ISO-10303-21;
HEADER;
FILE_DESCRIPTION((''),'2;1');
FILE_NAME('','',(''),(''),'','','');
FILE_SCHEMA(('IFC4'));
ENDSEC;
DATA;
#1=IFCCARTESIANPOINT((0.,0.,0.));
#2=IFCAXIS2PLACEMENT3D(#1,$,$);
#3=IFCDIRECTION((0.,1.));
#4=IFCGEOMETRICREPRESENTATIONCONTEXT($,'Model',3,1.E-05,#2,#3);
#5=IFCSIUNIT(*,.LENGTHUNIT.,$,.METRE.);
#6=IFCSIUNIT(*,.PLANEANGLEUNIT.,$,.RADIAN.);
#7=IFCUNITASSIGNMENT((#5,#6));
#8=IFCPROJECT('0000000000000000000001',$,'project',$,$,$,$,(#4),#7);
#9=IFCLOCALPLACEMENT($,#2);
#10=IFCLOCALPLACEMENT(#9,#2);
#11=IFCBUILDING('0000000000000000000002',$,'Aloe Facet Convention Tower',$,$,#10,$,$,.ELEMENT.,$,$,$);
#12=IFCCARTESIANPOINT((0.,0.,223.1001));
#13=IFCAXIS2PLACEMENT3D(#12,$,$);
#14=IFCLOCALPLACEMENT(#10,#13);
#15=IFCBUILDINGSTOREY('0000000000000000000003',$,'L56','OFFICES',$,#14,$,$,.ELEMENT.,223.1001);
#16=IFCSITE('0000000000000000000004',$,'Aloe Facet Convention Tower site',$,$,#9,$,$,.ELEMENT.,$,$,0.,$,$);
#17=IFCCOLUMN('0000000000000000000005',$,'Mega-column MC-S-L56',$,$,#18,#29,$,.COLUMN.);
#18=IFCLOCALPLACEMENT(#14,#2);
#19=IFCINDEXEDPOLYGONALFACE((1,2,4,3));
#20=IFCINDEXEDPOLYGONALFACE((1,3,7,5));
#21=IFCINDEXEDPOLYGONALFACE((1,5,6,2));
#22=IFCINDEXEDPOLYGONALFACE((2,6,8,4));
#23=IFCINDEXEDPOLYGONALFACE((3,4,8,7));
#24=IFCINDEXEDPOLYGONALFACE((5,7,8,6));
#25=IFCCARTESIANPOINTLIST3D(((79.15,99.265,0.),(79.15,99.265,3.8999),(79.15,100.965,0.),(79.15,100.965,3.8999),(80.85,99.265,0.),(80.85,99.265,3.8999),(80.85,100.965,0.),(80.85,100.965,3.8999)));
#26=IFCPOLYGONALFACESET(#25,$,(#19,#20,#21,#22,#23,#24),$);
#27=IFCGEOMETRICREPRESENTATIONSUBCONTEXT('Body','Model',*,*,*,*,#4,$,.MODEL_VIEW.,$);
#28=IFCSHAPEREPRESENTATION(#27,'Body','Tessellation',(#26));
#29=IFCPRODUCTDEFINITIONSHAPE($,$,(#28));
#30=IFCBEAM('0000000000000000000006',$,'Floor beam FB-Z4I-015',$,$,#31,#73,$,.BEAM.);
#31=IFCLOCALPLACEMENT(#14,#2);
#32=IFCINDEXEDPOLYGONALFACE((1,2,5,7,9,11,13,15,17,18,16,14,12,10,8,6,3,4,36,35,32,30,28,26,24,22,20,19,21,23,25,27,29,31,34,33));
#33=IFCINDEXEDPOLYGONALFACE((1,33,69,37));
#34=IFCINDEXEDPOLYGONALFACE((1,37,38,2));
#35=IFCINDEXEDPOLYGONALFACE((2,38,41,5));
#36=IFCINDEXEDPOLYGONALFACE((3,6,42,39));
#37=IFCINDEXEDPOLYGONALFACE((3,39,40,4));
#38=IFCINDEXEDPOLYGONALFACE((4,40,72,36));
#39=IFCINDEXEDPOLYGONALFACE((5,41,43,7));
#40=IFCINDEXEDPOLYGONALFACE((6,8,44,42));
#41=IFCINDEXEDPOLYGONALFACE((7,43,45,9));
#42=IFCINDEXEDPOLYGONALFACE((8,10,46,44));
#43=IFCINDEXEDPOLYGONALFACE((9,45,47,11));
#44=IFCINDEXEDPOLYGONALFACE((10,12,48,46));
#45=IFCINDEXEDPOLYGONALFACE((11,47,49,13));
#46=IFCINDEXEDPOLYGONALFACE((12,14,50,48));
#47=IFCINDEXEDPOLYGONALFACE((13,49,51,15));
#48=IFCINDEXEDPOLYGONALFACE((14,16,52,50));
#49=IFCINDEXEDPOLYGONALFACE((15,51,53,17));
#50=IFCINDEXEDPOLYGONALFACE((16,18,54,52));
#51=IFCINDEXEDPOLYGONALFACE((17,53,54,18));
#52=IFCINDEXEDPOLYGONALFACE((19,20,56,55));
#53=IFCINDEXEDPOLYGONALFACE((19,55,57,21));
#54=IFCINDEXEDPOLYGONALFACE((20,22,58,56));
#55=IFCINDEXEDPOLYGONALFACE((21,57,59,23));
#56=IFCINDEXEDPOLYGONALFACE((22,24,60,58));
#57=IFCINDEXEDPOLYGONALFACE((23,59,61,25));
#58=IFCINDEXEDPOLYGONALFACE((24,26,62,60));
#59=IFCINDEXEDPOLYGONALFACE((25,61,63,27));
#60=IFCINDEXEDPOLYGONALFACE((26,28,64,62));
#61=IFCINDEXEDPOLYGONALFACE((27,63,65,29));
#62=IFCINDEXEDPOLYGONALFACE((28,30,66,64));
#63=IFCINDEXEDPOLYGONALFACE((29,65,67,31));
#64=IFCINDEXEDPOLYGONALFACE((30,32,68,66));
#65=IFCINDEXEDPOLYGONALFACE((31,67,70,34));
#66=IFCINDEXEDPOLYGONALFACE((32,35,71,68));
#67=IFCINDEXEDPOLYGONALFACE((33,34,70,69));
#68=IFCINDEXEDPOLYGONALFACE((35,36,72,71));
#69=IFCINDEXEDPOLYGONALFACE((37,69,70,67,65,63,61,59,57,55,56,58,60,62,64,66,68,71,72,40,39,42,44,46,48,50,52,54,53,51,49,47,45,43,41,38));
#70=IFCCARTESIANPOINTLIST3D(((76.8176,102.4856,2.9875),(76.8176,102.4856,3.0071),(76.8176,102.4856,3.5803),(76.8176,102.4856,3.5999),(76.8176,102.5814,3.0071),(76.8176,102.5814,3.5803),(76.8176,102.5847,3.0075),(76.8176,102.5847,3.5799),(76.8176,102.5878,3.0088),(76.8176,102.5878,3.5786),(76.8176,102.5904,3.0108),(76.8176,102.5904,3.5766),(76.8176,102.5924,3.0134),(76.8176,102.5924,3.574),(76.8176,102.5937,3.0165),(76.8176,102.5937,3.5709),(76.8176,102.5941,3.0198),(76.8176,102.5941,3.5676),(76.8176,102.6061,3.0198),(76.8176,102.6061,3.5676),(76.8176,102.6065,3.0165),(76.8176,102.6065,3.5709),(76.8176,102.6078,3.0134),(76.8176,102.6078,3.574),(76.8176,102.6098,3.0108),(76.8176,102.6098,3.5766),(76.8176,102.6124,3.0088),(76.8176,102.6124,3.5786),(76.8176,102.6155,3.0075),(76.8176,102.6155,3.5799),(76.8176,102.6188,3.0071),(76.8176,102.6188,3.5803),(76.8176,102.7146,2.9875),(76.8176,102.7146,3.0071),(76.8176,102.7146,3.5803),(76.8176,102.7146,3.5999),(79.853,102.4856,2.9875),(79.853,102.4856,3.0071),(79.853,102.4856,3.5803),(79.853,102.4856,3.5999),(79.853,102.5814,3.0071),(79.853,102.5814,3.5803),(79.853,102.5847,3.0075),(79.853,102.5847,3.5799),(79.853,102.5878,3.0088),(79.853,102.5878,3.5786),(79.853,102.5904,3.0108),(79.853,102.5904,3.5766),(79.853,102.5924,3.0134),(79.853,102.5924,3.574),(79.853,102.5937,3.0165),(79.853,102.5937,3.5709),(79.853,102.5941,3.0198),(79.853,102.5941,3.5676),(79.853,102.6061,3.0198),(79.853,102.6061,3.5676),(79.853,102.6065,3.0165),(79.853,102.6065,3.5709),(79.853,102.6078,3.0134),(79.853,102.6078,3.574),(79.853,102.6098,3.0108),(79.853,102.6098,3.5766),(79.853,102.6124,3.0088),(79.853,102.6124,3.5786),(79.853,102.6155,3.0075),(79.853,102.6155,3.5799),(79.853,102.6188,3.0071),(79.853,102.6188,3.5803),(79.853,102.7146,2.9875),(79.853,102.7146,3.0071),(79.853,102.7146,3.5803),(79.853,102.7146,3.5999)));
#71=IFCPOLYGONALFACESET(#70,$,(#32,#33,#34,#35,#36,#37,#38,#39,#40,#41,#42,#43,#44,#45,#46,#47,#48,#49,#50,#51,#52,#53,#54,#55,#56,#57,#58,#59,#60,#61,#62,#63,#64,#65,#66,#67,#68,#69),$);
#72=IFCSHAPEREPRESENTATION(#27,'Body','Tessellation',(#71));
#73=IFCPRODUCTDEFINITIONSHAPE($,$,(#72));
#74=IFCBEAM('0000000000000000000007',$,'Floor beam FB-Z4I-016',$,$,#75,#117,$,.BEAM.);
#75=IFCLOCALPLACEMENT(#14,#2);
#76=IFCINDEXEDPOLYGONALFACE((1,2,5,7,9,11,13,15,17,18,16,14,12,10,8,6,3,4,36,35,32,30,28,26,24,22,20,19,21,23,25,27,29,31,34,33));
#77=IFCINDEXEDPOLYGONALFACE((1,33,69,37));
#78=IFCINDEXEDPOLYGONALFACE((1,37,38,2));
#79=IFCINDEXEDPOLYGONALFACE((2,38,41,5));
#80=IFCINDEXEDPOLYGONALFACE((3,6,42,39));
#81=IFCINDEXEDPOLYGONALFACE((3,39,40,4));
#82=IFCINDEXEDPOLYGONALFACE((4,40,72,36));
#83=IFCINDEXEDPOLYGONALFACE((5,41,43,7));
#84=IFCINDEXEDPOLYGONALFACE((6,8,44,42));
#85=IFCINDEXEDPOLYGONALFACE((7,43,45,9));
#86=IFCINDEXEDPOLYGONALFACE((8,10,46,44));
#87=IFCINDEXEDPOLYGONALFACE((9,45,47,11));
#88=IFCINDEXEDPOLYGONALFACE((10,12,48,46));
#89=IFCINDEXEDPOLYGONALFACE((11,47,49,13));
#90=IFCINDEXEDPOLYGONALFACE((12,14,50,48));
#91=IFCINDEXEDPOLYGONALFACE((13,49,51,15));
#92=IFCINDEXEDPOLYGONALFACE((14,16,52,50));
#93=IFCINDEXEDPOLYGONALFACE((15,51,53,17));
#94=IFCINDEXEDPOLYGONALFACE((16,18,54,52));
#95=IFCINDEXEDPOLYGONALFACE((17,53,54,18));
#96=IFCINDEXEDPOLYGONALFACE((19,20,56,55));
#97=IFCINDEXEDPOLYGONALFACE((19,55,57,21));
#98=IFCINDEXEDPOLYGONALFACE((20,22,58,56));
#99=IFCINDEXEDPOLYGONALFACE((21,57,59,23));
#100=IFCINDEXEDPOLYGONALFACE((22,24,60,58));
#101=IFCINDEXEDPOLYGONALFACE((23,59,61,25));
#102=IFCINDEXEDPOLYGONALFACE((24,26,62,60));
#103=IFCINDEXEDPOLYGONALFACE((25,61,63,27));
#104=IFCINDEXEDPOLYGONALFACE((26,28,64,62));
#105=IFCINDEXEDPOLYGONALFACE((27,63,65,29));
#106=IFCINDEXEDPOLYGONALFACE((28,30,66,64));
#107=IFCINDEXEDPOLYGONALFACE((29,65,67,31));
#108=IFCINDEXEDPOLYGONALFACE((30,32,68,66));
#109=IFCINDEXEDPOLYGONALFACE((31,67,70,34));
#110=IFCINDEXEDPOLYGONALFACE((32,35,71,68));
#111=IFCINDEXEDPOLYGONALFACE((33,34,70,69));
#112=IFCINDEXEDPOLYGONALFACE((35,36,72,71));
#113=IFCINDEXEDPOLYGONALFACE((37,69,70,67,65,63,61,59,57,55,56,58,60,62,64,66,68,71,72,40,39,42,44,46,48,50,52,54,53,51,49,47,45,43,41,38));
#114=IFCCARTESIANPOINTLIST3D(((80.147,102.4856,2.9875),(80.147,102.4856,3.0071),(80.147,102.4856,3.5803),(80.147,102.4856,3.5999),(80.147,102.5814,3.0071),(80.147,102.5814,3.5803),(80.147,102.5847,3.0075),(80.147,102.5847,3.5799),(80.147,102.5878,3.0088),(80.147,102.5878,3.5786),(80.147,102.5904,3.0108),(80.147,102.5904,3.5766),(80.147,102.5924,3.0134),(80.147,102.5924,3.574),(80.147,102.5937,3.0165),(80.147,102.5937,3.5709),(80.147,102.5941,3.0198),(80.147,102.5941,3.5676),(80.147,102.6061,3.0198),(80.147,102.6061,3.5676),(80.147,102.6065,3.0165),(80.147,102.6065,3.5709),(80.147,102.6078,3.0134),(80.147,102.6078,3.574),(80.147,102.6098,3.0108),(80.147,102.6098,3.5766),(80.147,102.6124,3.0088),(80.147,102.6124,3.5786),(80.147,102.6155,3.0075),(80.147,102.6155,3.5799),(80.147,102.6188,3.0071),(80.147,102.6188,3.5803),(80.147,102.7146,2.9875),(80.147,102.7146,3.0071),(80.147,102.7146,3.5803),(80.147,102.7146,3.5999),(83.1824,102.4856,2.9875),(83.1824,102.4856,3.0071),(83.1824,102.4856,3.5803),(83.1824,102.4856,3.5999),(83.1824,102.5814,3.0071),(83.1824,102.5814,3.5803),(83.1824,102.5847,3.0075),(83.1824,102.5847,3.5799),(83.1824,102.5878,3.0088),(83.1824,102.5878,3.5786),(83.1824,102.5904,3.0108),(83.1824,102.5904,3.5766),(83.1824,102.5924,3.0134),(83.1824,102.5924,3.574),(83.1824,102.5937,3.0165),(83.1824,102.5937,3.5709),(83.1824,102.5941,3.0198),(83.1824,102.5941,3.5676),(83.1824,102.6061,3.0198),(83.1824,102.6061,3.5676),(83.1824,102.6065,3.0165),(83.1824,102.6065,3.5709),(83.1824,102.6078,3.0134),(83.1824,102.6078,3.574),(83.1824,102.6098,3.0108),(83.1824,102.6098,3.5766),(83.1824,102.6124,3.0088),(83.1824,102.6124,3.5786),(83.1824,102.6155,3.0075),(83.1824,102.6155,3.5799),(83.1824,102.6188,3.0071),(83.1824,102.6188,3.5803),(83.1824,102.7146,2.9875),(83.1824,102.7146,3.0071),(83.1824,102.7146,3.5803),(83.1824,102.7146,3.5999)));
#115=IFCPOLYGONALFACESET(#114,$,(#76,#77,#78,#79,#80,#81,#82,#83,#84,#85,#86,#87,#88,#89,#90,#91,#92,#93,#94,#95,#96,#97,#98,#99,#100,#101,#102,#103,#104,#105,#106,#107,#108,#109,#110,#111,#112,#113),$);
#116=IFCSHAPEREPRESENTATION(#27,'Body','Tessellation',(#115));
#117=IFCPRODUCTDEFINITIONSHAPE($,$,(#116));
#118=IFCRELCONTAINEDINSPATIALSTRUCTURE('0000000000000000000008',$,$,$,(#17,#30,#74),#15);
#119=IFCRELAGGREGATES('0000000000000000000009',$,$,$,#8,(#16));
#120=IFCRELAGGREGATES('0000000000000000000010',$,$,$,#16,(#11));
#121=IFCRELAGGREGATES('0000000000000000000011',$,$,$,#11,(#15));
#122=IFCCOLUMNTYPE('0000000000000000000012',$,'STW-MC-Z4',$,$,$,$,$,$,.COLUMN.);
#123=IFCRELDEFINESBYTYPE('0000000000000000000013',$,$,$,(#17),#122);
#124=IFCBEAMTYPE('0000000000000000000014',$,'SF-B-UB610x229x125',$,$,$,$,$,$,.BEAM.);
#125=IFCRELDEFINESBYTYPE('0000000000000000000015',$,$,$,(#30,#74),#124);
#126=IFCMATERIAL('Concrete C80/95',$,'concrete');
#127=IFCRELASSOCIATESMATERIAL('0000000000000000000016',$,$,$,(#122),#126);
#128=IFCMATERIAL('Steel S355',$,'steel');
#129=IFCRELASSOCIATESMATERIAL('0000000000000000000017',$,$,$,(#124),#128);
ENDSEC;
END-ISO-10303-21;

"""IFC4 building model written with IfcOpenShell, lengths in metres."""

from ifc_helpers import new_model, si_unit, direction, frame, origin, origin_2d, place, context, subcontext, project, spatial, rectangle, i_section, extrude, material, material_profile, profile_set, type_object, element, save


model = new_model("IFC4")

# Units and contexts
model_context = context("Model", 3, precision=1e-05, world=origin(), true_north=direction((0.0, 1.0)))
body_context = subcontext(model_context, "Body", "Model", "MODEL_VIEW")
ifc_project = project(units=[si_unit("LENGTHUNIT", "METRE"), si_unit("PLANEANGLEUNIT", "RADIAN")], contexts=[model_context])

# Site, building, storey
site_placement = place(None, origin())
site = spatial("IfcSite", under=ifc_project, at=site_placement, Name="Aloe Facet Convention Tower site", CompositionType="ELEMENT", RefElevation=0.0)
building_placement = place(site_placement, origin())
building = spatial("IfcBuilding", under=site, at=building_placement, Name="Aloe Facet Convention Tower", CompositionType="ELEMENT")
storey_placement = place(building_placement, frame((0.0, 0.0, 223.1001)))
storey = spatial("IfcBuildingStorey", under=building, at=storey_placement, Name="L56", Description="OFFICES", CompositionType="ELEMENT", Elevation=223.1001)

# Column
ifc_material_1 = material(Name="Concrete C80/95", Category="concrete")
ifc_material_profile_1 = material_profile(ifc_material_1, rectangle(XDim=1.7, YDim=1.7, at=origin_2d()), Name="STW-MC-Z4")
ifc_profile_set_1 = profile_set([ifc_material_profile_1], Name="Concrete C80/95")
column_type = type_object("IfcColumnType", Name="STW-MC-Z4", PredefinedType="COLUMN", material=ifc_profile_set_1)
column_placement = place(storey_placement, frame((80.0, 100.115, 0.0), z_axis=(0.0, 0.0, 1.0), x_axis=(1.0, 0.0, 0.0)))
element("IfcColumn", 1, at=column_placement, inside=storey, type_object=column_type, Name="Mega-column MC-S-L56", PredefinedType="COLUMN", context=body_context, shape_type="SweptSolid", body=[
    extrude(rectangle(XDim=1.7, YDim=1.7, at=origin_2d()), origin(), (0.0, 0.0, 1.0), 3.8999),
])

# Beams
ifc_material_2 = material(Name="Steel S355", Category="steel")
ifc_material_profile_2 = material_profile(ifc_material_2, i_section(OverallWidth=0.229, OverallDepth=0.6123, WebThickness=0.012, FlangeThickness=0.0195, FilletRadius=0.0127, at=origin_2d()), Name="UB 610x229x125")
ifc_profile_set_2 = profile_set([ifc_material_profile_2], Name="Steel S355")
beam_type = type_object("IfcBeamType", Name="SF-B-UB610x229x125", PredefinedType="BEAM", material=ifc_profile_set_2)
for number, where, z_axis, x_axis, name in (
    (2, (76.8176, 102.6001, 3.2937), (1.0, 0.0, 0.0), (0.0, 1.0, 0.0), "Floor beam FB-Z4I-015"),
    (3, (80.147, 102.6001, 3.2937), (1.0, 0.0, 0.0), (0.0, 1.0, 0.0), "Floor beam FB-Z4I-016"),
):
    element("IfcBeam", number, at=place(storey_placement, frame(where, z_axis=z_axis, x_axis=x_axis)), inside=storey, type_object=beam_type, Name=name, PredefinedType="BEAM", context=body_context, shape_type="SweptSolid", body=[
        extrude(i_section(OverallWidth=0.229, OverallDepth=0.6123, WebThickness=0.012, FlangeThickness=0.0195, FilletRadius=0.0127, at=origin_2d()), origin(), (0.0, 0.0, 1.0), 3.0354),
    ])

save(model, "model.ifc")
